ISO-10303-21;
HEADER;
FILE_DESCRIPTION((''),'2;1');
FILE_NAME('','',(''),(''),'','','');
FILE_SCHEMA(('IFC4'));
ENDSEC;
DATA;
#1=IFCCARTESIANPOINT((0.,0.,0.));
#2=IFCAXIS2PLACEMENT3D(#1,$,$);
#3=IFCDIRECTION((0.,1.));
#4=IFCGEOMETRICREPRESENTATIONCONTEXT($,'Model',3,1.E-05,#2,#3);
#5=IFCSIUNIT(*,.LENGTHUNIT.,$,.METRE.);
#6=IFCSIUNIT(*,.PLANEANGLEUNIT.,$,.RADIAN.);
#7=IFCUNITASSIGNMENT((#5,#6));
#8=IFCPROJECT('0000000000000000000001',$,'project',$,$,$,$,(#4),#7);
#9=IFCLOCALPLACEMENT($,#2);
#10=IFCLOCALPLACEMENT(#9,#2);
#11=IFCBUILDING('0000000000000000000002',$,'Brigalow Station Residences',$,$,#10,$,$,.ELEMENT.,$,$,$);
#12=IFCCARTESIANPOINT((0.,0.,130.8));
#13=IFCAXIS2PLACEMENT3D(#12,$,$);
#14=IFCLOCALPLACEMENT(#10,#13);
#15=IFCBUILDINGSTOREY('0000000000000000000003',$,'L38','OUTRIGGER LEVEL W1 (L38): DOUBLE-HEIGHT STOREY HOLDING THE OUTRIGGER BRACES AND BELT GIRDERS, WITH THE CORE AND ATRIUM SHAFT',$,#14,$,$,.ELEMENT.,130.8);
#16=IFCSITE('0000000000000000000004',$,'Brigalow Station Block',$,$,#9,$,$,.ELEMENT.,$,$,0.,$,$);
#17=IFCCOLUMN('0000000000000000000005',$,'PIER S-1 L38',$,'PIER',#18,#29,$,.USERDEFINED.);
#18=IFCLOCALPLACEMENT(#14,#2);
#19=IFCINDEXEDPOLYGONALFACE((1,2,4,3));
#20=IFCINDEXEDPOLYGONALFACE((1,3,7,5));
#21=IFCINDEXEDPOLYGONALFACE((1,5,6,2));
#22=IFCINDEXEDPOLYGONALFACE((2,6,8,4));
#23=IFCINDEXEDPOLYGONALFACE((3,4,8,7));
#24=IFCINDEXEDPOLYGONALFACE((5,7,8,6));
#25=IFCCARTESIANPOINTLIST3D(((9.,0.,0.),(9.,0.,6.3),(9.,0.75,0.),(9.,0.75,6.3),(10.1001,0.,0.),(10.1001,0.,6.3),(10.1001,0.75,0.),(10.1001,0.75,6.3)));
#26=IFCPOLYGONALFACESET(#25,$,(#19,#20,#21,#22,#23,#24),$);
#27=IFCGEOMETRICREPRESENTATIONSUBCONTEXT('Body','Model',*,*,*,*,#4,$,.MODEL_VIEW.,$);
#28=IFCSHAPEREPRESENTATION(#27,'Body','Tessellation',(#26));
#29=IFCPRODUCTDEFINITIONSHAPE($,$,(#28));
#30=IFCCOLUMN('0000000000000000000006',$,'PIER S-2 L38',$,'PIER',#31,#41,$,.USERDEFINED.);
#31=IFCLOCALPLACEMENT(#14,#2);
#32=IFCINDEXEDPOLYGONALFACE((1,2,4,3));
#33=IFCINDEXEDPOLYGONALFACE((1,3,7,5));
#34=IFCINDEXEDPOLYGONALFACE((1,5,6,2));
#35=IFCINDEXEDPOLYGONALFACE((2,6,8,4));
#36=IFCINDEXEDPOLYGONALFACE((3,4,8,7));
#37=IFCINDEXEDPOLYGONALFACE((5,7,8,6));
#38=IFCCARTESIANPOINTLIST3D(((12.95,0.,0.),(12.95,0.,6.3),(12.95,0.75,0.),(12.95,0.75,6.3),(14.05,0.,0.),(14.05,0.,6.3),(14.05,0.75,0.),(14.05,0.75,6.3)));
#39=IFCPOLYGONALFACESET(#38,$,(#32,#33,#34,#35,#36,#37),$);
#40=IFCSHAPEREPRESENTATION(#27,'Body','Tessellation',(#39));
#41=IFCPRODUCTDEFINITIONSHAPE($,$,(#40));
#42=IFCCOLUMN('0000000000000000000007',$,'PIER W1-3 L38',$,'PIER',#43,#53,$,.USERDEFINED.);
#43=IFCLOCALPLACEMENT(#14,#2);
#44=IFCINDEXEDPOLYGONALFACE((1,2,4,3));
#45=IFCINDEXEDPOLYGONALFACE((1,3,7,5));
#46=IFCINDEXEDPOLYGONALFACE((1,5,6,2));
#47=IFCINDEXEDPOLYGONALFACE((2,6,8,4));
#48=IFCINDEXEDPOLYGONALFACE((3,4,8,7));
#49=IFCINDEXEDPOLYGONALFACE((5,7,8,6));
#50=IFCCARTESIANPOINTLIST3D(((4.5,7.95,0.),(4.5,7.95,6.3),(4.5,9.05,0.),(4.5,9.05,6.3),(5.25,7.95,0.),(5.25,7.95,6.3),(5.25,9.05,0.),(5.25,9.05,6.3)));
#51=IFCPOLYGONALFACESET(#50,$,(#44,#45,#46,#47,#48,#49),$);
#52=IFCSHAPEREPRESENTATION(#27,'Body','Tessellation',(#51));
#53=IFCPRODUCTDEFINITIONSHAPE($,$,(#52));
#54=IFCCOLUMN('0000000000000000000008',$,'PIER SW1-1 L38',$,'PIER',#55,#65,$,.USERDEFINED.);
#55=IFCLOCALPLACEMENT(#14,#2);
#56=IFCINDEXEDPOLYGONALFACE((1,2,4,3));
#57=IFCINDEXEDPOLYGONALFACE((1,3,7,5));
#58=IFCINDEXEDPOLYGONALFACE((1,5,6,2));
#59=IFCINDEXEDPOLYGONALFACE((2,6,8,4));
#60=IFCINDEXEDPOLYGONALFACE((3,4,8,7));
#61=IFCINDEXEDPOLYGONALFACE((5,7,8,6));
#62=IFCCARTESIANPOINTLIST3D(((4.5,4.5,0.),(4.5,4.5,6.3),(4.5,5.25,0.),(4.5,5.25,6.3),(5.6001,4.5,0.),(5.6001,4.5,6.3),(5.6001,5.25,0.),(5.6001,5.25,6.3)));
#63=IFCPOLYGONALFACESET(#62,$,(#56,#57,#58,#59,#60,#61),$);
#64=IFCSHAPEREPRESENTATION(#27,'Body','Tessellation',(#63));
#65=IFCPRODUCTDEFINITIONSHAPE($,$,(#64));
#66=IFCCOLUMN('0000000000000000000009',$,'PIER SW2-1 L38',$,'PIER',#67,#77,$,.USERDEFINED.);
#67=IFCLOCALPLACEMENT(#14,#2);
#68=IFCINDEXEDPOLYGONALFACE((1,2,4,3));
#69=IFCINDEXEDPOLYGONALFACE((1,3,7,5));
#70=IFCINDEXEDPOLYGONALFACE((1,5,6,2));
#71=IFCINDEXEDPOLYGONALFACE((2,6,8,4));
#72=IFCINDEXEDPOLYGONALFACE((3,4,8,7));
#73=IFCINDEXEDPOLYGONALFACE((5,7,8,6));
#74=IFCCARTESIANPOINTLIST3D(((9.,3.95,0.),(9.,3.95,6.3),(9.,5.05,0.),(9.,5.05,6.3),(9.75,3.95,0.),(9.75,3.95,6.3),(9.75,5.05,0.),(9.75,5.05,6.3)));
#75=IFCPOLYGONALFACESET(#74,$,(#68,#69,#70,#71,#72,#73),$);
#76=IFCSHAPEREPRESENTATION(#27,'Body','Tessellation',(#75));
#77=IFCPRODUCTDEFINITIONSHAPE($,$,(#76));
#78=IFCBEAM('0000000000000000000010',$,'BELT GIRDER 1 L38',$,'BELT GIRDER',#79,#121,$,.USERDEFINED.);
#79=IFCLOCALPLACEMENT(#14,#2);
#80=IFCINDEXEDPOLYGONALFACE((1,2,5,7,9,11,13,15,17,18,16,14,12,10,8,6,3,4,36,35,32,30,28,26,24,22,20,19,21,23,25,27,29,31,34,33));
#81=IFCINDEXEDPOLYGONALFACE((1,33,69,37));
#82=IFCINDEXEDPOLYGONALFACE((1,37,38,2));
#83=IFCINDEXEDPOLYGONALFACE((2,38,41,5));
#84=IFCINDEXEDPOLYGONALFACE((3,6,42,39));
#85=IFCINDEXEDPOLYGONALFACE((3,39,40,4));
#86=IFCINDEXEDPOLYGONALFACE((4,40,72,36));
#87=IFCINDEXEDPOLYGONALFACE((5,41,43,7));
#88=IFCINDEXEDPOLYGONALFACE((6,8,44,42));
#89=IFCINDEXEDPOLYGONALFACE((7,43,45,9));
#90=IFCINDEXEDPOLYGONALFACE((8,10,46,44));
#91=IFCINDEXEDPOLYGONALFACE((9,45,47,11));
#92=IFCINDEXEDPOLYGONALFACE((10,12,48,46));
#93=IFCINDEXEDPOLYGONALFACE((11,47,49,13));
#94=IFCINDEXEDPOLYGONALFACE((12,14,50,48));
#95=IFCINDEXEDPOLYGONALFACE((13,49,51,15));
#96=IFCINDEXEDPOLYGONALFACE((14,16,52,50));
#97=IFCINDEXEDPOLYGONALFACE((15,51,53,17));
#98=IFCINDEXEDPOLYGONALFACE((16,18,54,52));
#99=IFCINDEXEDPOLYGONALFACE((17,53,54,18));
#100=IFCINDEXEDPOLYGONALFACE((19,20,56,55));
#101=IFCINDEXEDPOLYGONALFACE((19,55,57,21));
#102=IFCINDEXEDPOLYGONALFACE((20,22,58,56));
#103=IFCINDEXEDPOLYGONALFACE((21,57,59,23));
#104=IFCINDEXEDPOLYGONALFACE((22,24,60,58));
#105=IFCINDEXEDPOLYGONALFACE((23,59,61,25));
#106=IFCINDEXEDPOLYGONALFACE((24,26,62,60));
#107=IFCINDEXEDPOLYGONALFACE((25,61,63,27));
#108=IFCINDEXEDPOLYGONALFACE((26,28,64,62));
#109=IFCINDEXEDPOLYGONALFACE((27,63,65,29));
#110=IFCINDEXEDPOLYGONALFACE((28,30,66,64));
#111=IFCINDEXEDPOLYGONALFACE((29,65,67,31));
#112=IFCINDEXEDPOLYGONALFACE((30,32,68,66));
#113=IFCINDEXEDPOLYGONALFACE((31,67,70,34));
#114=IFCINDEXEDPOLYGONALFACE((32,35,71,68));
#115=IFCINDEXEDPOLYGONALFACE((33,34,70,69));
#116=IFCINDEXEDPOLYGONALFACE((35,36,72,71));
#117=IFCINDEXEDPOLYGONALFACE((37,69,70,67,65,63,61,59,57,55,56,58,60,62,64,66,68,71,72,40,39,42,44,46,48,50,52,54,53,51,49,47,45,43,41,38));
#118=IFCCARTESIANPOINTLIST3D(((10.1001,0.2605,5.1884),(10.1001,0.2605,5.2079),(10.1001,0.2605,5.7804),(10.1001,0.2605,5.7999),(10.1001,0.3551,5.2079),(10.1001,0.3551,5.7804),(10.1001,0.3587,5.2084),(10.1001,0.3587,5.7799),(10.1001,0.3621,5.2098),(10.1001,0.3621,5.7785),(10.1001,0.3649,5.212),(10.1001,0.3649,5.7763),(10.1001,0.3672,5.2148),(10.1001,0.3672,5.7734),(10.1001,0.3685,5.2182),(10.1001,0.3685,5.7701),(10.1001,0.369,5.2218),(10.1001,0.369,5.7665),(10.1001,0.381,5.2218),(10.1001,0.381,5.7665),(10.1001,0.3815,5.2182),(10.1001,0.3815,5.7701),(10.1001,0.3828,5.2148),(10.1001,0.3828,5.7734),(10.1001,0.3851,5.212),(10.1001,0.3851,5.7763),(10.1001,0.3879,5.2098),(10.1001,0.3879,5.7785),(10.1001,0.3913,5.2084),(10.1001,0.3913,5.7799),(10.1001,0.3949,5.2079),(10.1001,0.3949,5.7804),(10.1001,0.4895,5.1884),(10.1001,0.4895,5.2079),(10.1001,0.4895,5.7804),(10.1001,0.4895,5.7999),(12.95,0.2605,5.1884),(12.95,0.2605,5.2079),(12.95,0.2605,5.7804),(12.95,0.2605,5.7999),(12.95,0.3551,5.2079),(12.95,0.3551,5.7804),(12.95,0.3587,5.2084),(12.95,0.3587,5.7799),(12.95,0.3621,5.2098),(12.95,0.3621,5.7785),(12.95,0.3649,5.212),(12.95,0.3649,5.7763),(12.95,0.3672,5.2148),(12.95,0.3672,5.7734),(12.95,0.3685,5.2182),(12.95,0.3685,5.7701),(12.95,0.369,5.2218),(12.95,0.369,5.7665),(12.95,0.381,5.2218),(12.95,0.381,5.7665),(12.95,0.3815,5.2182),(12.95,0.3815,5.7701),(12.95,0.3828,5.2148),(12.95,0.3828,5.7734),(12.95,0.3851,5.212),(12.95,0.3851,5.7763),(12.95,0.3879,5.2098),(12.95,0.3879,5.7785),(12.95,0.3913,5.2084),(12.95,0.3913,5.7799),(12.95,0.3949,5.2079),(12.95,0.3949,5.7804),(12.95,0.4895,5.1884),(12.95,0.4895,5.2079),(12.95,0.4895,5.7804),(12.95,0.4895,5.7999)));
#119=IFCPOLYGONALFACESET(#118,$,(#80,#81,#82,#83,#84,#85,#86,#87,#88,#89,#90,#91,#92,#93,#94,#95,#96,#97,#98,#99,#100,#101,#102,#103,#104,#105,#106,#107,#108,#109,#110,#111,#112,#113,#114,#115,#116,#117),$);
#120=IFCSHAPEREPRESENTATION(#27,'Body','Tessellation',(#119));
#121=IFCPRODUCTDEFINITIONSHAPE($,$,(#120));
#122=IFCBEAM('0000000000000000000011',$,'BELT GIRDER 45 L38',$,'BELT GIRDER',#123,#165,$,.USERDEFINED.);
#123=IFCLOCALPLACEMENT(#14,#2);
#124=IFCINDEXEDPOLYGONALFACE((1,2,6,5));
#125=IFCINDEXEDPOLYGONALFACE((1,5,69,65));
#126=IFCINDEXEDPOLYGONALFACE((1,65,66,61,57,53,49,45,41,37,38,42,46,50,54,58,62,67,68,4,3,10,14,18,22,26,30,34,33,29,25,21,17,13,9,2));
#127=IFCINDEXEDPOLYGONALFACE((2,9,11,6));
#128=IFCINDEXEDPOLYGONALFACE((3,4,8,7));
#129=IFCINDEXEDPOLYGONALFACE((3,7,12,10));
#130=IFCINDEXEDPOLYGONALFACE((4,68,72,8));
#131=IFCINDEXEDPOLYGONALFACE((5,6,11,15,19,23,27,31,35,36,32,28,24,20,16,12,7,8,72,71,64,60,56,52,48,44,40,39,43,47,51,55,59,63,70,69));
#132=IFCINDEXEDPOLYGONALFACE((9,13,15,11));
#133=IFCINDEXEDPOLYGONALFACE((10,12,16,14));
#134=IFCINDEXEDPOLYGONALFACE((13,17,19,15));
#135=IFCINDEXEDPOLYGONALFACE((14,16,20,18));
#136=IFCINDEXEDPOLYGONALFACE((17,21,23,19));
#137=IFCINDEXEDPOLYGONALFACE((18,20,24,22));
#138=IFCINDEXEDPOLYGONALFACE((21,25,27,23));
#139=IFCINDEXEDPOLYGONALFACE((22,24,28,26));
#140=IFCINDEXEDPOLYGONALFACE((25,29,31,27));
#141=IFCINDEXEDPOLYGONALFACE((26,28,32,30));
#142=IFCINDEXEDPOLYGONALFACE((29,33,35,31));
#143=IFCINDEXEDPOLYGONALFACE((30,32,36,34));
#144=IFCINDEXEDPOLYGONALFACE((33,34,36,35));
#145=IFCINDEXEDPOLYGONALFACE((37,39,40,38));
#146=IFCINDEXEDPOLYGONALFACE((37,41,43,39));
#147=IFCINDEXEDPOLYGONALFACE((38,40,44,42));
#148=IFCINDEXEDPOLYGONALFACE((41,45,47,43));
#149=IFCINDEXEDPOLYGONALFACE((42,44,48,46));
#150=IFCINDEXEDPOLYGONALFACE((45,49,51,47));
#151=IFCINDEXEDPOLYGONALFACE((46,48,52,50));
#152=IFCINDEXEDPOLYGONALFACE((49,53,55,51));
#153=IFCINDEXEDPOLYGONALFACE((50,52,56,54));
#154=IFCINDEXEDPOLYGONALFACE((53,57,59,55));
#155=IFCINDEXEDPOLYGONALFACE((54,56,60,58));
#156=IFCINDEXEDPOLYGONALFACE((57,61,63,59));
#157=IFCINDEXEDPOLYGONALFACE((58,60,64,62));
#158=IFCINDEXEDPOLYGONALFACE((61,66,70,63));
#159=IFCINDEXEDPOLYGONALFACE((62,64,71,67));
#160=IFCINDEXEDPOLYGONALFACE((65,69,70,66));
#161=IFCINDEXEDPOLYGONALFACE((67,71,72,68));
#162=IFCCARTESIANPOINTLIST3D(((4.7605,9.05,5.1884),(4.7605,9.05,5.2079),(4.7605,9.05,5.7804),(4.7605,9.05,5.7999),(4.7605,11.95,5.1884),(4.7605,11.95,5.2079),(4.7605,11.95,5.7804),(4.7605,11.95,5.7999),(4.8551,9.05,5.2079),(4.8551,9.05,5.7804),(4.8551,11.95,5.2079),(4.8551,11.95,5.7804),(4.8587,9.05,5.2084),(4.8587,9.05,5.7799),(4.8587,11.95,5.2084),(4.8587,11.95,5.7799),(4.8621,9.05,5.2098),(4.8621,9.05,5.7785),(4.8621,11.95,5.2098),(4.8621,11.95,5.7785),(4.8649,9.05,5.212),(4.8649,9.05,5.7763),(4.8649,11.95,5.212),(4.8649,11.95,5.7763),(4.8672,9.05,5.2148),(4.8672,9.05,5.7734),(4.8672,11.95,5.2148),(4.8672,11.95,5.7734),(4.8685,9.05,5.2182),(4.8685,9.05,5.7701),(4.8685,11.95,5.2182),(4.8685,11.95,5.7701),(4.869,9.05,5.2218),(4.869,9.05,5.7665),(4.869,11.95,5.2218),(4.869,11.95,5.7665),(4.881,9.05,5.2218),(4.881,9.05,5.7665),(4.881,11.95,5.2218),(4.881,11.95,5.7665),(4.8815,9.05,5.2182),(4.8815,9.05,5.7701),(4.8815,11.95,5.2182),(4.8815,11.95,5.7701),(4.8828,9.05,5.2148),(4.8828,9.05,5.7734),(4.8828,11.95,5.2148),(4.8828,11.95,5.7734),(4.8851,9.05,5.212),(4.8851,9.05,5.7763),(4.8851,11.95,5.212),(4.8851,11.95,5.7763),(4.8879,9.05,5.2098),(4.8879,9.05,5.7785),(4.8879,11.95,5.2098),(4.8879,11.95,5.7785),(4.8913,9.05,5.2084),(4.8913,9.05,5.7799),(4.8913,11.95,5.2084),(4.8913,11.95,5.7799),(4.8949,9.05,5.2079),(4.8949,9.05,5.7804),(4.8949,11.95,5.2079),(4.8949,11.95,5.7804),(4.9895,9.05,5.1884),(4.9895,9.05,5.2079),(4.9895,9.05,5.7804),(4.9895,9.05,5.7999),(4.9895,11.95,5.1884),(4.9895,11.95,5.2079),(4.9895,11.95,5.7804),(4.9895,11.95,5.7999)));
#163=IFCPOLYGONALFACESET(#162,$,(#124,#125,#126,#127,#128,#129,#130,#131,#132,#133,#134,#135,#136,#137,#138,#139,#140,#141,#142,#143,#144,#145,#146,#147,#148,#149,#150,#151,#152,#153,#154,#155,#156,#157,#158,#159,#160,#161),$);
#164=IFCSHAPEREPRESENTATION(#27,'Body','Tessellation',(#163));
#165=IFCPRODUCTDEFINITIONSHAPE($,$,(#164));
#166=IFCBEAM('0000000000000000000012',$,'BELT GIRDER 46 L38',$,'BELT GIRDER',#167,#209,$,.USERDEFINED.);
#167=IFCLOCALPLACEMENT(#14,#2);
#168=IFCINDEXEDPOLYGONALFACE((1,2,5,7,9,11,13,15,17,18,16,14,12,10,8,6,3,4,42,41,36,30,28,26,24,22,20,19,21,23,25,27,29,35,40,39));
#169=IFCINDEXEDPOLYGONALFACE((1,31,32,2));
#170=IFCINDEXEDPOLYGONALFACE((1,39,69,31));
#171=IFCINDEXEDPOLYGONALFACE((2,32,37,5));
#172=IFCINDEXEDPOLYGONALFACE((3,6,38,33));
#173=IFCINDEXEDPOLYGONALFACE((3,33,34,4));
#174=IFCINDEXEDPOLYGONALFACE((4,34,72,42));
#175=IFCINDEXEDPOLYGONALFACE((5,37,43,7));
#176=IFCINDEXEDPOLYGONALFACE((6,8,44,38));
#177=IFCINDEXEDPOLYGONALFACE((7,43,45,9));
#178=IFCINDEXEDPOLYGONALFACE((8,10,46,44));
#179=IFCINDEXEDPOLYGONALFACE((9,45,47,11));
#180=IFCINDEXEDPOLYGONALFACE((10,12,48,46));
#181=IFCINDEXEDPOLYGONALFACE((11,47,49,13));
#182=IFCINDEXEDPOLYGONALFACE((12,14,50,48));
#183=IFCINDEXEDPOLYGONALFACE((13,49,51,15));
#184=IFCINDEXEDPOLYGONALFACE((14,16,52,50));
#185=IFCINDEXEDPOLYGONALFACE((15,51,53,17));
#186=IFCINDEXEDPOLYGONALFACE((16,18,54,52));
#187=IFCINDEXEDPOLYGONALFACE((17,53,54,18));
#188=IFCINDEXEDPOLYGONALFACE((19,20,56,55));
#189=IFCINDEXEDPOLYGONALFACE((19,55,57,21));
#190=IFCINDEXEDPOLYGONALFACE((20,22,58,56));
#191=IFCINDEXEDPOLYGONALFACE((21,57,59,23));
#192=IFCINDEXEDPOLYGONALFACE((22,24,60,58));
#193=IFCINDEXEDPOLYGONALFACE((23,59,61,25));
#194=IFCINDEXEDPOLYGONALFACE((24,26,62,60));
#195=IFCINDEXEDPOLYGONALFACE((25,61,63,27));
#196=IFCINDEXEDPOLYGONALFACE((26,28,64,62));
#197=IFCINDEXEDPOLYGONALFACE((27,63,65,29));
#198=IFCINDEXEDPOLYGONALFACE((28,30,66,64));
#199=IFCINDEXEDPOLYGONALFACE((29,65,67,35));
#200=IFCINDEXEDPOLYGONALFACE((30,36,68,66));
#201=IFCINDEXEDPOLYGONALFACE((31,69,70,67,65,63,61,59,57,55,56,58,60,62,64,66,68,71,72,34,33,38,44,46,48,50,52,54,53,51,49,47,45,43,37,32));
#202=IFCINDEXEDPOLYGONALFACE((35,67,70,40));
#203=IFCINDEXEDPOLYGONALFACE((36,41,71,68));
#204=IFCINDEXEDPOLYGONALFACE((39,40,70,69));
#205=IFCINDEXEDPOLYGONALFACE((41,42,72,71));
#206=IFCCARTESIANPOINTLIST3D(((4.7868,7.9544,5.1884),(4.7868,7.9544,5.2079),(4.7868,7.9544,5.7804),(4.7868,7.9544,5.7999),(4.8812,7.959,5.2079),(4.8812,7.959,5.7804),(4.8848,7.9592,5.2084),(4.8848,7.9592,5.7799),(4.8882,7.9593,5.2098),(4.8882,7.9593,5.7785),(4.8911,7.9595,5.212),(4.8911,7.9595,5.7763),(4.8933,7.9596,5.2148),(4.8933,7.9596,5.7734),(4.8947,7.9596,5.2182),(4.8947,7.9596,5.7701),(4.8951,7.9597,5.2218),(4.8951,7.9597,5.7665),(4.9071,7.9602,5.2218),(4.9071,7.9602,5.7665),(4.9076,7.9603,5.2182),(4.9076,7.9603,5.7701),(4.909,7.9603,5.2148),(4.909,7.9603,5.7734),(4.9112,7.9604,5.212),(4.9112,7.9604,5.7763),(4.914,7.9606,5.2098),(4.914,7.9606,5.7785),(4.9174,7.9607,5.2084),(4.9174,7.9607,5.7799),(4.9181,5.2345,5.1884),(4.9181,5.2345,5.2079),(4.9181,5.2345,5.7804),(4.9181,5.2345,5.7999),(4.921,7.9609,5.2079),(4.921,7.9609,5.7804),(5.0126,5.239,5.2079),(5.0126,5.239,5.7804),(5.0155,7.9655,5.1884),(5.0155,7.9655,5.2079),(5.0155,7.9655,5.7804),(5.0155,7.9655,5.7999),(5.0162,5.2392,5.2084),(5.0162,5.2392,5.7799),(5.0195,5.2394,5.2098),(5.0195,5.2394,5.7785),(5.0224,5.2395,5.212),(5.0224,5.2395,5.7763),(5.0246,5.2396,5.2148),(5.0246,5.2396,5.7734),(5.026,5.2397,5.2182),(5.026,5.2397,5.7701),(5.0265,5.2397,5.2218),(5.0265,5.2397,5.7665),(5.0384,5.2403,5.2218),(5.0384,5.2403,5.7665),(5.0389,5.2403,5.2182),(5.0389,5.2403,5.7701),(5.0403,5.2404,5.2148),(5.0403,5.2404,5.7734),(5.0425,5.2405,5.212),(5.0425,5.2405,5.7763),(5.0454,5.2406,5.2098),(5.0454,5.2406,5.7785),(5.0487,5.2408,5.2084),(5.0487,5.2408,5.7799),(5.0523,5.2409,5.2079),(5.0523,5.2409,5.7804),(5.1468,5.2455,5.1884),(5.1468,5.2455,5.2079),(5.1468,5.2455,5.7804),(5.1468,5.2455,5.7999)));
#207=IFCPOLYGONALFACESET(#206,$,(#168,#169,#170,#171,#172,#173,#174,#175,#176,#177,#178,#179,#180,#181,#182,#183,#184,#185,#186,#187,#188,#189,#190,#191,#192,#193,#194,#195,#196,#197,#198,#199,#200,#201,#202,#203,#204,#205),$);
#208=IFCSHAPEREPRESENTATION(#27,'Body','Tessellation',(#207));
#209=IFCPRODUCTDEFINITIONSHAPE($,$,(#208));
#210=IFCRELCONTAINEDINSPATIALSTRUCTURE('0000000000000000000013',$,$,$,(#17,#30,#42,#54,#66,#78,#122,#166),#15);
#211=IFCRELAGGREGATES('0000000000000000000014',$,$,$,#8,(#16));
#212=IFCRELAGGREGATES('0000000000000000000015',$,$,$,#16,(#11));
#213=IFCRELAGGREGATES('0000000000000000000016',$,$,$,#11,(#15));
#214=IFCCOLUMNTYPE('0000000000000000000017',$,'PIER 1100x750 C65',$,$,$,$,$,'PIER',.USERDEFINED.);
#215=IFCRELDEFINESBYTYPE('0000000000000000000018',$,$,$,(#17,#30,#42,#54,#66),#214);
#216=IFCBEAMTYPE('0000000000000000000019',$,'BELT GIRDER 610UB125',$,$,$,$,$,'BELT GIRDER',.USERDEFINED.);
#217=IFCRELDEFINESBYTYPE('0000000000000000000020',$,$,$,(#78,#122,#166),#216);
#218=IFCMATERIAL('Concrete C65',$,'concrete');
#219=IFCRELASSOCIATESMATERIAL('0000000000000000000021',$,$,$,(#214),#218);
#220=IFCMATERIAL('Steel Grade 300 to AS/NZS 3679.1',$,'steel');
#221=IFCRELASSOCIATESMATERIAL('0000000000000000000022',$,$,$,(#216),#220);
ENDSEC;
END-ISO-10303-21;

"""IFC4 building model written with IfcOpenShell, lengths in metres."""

from ifc_helpers import new_model, si_unit, direction, frame, origin, origin_2d, place, context, subcontext, project, spatial, rectangle, i_section, extrude, material, material_profile, profile_set, type_object, element, save


model = new_model("IFC4")

# Units and contexts
model_context = context("Model", 3, precision=1e-05, world=origin(), true_north=direction((0.0, 1.0)))
body_context = subcontext(model_context, "Body", "Model", "MODEL_VIEW")
ifc_project = project(units=[si_unit("LENGTHUNIT", "METRE"), si_unit("PLANEANGLEUNIT", "RADIAN")], contexts=[model_context])

# Site, building, storey
site_placement = place(None, origin())
site = spatial("IfcSite", under=ifc_project, at=site_placement, Name="Brigalow Station Block", CompositionType="ELEMENT", RefElevation=0.0)
building_placement = place(site_placement, origin())
building = spatial("IfcBuilding", under=site, at=building_placement, Name="Brigalow Station Residences", CompositionType="ELEMENT")
storey_placement = place(building_placement, frame((0.0, 0.0, 130.8)))
storey = spatial("IfcBuildingStorey", under=building, at=storey_placement, Name="L38", Description="OUTRIGGER LEVEL W1 (L38): DOUBLE-HEIGHT STOREY HOLDING THE OUTRIGGER BRACES AND BELT GIRDERS, WITH THE CORE AND ATRIUM SHAFT", CompositionType="ELEMENT", Elevation=130.8)

# Columns
ifc_material_1 = material(Name="Concrete C65", Category="concrete")
ifc_material_profile_1 = material_profile(ifc_material_1, rectangle(XDim=1.1001, YDim=0.75, at=origin_2d()), Name="RC1100x750")
ifc_profile_set_1 = profile_set([ifc_material_profile_1], Name="Concrete C65")
column_type = type_object("IfcColumnType", Name="PIER 1100x750 C65", ElementType="PIER", PredefinedType="USERDEFINED", material=ifc_profile_set_1)
for number, where, z_axis, x_axis, name in (
    (1, (9.55, 0.375, 0.0), (0.0, 0.0, 1.0), (1.0, 0.0, 0.0), "PIER S-1 L38"),
    (2, (13.5, 0.375, 0.0), (0.0, 0.0, 1.0), (1.0, 0.0, 0.0), "PIER S-2 L38"),
    (3, (4.875, 8.5, 0.0), (0.0, 0.0, 1.0), (0.0, -1.0, 0.0), "PIER W1-3 L38"),
    (4, (5.05, 4.875, 0.0), (0.0, 0.0, 1.0), (1.0, 0.0, 0.0), "PIER SW1-1 L38"),
    (5, (9.375, 4.5, 0.0), (0.0, 0.0, 1.0), (0.0, -1.0, 0.0), "PIER SW2-1 L38"),
):
    element("IfcColumn", number, at=place(storey_placement, frame(where, z_axis=z_axis, x_axis=x_axis)), inside=storey, type_object=column_type, Name=name, ObjectType="PIER", PredefinedType="USERDEFINED", context=body_context, shape_type="SweptSolid", body=[
        extrude(rectangle(XDim=1.1001, YDim=0.75, at=origin_2d()), origin(), (0.0, 0.0, 1.0), 6.3),
    ])

# Beams
ifc_material_2 = material(Name="Steel Grade 300 to AS/NZS 3679.1", Category="steel")
ifc_material_profile_2 = material_profile(ifc_material_2, i_section(OverallWidth=0.229, OverallDepth=0.6116, WebThickness=0.012, FlangeThickness=0.0195, FilletRadius=0.0139, at=origin_2d()), Name="610UB125")
ifc_profile_set_2 = profile_set([ifc_material_profile_2], Name="Steel Grade 300 to AS/NZS 3679.1")
beam_type = type_object("IfcBeamType", Name="BELT GIRDER 610UB125", ElementType="BELT GIRDER", PredefinedType="USERDEFINED", material=ifc_profile_set_2)
beam_1_placement = place(storey_placement, frame((10.1001, 0.375, 5.4941), z_axis=(1.0, 0.0, 0.0), x_axis=(0.0, 1.0, 0.0)))
element("IfcBeam", 6, at=beam_1_placement, inside=storey, type_object=beam_type, Name="BELT GIRDER 1 L38", ObjectType="BELT GIRDER", PredefinedType="USERDEFINED", context=body_context, shape_type="SweptSolid", body=[
    extrude(i_section(OverallWidth=0.229, OverallDepth=0.6116, WebThickness=0.012, FlangeThickness=0.0195, FilletRadius=0.0139, at=origin_2d()), origin(), (0.0, 0.0, 1.0), 2.8499),
])
beam_2_placement = place(storey_placement, frame((4.875, 11.95, 5.4941), z_axis=(0.0, -1.0, 0.0), x_axis=(1.0, 0.0, 0.0)))
element("IfcBeam", 7, at=beam_2_placement, inside=storey, type_object=beam_type, Name="BELT GIRDER 45 L38", ObjectType="BELT GIRDER", PredefinedType="USERDEFINED", context=body_context, shape_type="SweptSolid", body=[
    extrude(i_section(OverallWidth=0.229, OverallDepth=0.6116, WebThickness=0.012, FlangeThickness=0.0195, FilletRadius=0.0139, at=origin_2d()), origin(), (0.0, 0.0, 1.0), 2.8999),
])
beam_3_placement = place(storey_placement, frame((4.9011, 7.96, 5.4941), z_axis=(0.048234, -0.998836, 0.0), x_axis=(0.998836, 0.048234, 0.0)))
element("IfcBeam", 8, at=beam_3_placement, inside=storey, type_object=beam_type, Name="BELT GIRDER 46 L38", ObjectType="BELT GIRDER", PredefinedType="USERDEFINED", context=body_context, shape_type="SweptSolid", body=[
    extrude(i_section(OverallWidth=0.229, OverallDepth=0.6116, WebThickness=0.012, FlangeThickness=0.0195, FilletRadius=0.0139, at=origin_2d()), origin(), (0.0, 0.0, 1.0), 2.7231),
])

save(model, "model.ifc")
